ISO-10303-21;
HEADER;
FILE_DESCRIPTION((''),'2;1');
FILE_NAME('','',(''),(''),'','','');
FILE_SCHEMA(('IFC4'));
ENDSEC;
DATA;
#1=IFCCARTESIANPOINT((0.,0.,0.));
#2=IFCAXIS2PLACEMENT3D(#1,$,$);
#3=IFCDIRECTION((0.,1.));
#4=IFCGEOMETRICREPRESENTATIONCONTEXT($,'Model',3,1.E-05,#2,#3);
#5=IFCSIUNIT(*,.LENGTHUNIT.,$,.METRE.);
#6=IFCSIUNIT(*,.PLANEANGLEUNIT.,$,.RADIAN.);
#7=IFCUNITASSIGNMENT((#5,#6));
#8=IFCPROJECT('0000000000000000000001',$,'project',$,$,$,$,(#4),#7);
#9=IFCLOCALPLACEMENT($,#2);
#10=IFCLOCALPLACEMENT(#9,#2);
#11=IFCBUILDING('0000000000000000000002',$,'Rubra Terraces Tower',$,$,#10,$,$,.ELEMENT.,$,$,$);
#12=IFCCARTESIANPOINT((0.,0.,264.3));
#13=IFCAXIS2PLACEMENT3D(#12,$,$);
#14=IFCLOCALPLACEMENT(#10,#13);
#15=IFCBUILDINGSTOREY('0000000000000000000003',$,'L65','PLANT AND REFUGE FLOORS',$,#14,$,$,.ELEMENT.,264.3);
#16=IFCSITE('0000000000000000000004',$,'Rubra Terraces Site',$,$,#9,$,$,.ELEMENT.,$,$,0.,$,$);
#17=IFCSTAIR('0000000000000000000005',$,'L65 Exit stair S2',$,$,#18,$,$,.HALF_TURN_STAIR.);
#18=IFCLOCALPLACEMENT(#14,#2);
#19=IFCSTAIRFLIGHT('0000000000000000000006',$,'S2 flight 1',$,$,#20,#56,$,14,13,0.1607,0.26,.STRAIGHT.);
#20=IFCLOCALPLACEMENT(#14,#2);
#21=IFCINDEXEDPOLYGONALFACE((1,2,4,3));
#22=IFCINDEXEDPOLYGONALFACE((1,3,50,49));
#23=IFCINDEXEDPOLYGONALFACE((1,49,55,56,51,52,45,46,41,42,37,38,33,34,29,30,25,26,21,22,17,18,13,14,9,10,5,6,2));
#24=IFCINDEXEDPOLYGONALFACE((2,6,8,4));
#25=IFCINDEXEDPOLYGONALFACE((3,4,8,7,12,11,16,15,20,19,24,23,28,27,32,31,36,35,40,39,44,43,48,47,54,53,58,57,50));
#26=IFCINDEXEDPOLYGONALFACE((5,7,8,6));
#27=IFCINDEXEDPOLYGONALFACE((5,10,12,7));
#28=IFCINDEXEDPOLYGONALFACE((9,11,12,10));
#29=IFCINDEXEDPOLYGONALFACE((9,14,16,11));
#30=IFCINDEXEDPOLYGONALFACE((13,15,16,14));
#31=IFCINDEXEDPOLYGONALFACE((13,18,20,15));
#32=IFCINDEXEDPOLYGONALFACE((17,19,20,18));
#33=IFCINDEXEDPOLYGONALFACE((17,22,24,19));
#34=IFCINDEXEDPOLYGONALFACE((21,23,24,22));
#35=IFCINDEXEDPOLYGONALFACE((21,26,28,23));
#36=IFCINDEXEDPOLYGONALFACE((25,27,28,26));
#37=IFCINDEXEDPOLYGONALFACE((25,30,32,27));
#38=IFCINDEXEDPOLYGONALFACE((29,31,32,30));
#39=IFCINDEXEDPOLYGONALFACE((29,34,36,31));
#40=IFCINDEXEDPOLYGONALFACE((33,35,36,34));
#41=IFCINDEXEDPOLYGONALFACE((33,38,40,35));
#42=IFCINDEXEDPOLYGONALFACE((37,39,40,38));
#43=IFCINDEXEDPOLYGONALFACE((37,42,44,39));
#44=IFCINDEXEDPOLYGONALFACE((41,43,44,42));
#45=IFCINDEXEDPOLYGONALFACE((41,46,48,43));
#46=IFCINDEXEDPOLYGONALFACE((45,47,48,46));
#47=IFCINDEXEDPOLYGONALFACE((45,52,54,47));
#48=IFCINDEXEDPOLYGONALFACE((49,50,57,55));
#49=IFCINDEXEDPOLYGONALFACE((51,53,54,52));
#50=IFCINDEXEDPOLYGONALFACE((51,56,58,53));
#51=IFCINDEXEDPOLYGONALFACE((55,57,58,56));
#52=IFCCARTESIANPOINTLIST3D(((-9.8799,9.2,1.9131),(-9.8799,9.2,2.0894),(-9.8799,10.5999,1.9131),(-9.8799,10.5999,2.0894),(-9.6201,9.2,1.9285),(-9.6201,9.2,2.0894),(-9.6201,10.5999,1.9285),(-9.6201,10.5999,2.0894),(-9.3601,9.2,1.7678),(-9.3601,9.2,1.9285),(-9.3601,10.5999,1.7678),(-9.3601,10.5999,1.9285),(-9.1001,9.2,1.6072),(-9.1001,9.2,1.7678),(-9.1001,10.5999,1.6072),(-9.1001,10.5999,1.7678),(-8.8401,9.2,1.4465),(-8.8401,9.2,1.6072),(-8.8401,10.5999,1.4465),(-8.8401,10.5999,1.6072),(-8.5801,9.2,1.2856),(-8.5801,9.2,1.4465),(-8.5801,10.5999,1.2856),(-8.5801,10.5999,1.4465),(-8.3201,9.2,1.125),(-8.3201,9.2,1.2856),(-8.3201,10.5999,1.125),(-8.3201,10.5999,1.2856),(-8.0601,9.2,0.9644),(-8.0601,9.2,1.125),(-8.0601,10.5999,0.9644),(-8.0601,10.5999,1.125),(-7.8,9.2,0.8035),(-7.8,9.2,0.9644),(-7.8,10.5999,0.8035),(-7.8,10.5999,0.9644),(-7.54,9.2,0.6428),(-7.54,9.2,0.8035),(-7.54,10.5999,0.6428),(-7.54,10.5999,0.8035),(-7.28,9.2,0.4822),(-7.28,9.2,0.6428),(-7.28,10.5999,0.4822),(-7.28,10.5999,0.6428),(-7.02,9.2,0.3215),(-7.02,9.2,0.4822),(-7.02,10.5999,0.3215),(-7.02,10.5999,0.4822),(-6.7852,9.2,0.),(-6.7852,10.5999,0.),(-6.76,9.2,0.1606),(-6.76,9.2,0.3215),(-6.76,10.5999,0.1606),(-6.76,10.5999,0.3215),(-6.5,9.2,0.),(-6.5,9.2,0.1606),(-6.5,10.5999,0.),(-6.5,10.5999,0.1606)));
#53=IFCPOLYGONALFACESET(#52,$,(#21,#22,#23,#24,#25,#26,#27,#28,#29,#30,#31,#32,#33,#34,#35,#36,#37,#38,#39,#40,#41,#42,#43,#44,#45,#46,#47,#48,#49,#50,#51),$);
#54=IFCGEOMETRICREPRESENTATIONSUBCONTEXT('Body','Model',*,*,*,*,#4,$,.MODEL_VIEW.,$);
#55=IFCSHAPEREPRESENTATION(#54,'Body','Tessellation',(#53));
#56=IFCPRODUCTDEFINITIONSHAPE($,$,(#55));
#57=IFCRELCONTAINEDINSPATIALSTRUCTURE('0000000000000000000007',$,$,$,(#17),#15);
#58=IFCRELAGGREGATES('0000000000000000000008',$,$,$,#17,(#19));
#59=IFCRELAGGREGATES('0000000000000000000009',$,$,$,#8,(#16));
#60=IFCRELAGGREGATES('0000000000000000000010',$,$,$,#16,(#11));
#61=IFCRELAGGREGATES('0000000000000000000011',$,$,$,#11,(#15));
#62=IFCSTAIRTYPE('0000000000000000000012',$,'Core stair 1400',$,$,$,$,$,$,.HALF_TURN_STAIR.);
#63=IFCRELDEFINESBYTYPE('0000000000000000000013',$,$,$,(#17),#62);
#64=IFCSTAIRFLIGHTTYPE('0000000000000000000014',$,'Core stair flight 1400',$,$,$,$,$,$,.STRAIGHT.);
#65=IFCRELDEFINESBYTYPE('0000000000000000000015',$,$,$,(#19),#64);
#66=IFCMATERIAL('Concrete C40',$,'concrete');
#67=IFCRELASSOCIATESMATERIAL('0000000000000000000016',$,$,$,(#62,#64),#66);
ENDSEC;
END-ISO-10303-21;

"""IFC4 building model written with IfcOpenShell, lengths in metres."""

from ifc_helpers import new_model, si_unit, direction, frame, origin, place, context, subcontext, project, spatial, polyline, outline, extrude, material, type_object, element, aggregate, save


model = new_model("IFC4")

# Units and contexts
model_context = context("Model", 3, precision=1e-05, world=origin(), true_north=direction((0.0, 1.0)))
body_context = subcontext(model_context, "Body", "Model", "MODEL_VIEW")
ifc_project = project(units=[si_unit("LENGTHUNIT", "METRE"), si_unit("PLANEANGLEUNIT", "RADIAN")], contexts=[model_context])

# Site, building, storey
site_placement = place(None, origin())
site = spatial("IfcSite", under=ifc_project, at=site_placement, Name="Rubra Terraces Site", CompositionType="ELEMENT", RefElevation=0.0)
building_placement = place(site_placement, origin())
building = spatial("IfcBuilding", under=site, at=building_placement, Name="Rubra Terraces Tower", CompositionType="ELEMENT")
storey_placement = place(building_placement, frame((0.0, 0.0, 264.3)))
storey = spatial("IfcBuildingStorey", under=building, at=storey_placement, Name="L65", Description="PLANT AND REFUGE FLOORS", CompositionType="ELEMENT", Elevation=264.3)

# Shared definitions
ifc_material_1 = material(Name="Concrete C40", Category="concrete")

# Stair, stair flight
stair_type = type_object("IfcStairType", Name="Core stair 1400", PredefinedType="HALF_TURN_STAIR", material=ifc_material_1)
stair_placement = place(storey_placement, origin())
stair = element("IfcStair", 1, at=stair_placement, inside=storey, type_object=stair_type, Name="L65 Exit stair S2", PredefinedType="HALF_TURN_STAIR")
stair_flight_type = type_object("IfcStairFlightType", Name="Core stair flight 1400", PredefinedType="STRAIGHT", material=ifc_material_1)
stair_flight_placement = place(storey_placement, frame((-6.5, 9.8999, 0.0), z_axis=(0.0, 0.0, 1.0), x_axis=(-1.0, 0.0, 0.0)))
stair_flight = element("IfcStairFlight", 2, at=stair_flight_placement, type_object=stair_flight_type, Name="S2 flight 1", NumberOfRisers=14, NumberOfTreads=13, PredefinedType="STRAIGHT", RiserHeight=0.1607, TreadLength=0.26, context=body_context, shape_type="SweptSolid", body=[
    extrude(outline(polyline([(0.0, 0.0), (0.0, 0.1606), (0.26, 0.1606), (0.26, 0.3215), (0.52, 0.3215), (0.52, 0.4822), (0.78, 0.4822), (0.78, 0.6428), (1.04, 0.6428), (1.04, 0.8035), (1.3, 0.8035), (1.3, 0.9644), (1.5601, 0.9644), (1.5601, 1.125), (1.8201, 1.125), (1.8201, 1.2856), (2.0801, 1.2856), (2.0801, 1.4465), (2.3401, 1.4465), (2.3401, 1.6072), (2.6001, 1.6072), (2.6001, 1.7678), (2.8601, 1.7678), (2.8601, 1.9285), (3.1201, 1.9285), (3.1201, 2.0894), (3.3799, 2.0894), (3.3799, 2.25), (3.3799, 1.9131), (0.2852, 0.0), (0.0, 0.0)])), frame((0.0, 0.7, 0.0), z_axis=(0.0, -1.0, 0.0), x_axis=(1.0, 0.0, 0.0)), (0.0, 0.0, 1.0), 1.3999),
])
aggregate(stair, [stair_flight])

save(model, "model.ifc")
